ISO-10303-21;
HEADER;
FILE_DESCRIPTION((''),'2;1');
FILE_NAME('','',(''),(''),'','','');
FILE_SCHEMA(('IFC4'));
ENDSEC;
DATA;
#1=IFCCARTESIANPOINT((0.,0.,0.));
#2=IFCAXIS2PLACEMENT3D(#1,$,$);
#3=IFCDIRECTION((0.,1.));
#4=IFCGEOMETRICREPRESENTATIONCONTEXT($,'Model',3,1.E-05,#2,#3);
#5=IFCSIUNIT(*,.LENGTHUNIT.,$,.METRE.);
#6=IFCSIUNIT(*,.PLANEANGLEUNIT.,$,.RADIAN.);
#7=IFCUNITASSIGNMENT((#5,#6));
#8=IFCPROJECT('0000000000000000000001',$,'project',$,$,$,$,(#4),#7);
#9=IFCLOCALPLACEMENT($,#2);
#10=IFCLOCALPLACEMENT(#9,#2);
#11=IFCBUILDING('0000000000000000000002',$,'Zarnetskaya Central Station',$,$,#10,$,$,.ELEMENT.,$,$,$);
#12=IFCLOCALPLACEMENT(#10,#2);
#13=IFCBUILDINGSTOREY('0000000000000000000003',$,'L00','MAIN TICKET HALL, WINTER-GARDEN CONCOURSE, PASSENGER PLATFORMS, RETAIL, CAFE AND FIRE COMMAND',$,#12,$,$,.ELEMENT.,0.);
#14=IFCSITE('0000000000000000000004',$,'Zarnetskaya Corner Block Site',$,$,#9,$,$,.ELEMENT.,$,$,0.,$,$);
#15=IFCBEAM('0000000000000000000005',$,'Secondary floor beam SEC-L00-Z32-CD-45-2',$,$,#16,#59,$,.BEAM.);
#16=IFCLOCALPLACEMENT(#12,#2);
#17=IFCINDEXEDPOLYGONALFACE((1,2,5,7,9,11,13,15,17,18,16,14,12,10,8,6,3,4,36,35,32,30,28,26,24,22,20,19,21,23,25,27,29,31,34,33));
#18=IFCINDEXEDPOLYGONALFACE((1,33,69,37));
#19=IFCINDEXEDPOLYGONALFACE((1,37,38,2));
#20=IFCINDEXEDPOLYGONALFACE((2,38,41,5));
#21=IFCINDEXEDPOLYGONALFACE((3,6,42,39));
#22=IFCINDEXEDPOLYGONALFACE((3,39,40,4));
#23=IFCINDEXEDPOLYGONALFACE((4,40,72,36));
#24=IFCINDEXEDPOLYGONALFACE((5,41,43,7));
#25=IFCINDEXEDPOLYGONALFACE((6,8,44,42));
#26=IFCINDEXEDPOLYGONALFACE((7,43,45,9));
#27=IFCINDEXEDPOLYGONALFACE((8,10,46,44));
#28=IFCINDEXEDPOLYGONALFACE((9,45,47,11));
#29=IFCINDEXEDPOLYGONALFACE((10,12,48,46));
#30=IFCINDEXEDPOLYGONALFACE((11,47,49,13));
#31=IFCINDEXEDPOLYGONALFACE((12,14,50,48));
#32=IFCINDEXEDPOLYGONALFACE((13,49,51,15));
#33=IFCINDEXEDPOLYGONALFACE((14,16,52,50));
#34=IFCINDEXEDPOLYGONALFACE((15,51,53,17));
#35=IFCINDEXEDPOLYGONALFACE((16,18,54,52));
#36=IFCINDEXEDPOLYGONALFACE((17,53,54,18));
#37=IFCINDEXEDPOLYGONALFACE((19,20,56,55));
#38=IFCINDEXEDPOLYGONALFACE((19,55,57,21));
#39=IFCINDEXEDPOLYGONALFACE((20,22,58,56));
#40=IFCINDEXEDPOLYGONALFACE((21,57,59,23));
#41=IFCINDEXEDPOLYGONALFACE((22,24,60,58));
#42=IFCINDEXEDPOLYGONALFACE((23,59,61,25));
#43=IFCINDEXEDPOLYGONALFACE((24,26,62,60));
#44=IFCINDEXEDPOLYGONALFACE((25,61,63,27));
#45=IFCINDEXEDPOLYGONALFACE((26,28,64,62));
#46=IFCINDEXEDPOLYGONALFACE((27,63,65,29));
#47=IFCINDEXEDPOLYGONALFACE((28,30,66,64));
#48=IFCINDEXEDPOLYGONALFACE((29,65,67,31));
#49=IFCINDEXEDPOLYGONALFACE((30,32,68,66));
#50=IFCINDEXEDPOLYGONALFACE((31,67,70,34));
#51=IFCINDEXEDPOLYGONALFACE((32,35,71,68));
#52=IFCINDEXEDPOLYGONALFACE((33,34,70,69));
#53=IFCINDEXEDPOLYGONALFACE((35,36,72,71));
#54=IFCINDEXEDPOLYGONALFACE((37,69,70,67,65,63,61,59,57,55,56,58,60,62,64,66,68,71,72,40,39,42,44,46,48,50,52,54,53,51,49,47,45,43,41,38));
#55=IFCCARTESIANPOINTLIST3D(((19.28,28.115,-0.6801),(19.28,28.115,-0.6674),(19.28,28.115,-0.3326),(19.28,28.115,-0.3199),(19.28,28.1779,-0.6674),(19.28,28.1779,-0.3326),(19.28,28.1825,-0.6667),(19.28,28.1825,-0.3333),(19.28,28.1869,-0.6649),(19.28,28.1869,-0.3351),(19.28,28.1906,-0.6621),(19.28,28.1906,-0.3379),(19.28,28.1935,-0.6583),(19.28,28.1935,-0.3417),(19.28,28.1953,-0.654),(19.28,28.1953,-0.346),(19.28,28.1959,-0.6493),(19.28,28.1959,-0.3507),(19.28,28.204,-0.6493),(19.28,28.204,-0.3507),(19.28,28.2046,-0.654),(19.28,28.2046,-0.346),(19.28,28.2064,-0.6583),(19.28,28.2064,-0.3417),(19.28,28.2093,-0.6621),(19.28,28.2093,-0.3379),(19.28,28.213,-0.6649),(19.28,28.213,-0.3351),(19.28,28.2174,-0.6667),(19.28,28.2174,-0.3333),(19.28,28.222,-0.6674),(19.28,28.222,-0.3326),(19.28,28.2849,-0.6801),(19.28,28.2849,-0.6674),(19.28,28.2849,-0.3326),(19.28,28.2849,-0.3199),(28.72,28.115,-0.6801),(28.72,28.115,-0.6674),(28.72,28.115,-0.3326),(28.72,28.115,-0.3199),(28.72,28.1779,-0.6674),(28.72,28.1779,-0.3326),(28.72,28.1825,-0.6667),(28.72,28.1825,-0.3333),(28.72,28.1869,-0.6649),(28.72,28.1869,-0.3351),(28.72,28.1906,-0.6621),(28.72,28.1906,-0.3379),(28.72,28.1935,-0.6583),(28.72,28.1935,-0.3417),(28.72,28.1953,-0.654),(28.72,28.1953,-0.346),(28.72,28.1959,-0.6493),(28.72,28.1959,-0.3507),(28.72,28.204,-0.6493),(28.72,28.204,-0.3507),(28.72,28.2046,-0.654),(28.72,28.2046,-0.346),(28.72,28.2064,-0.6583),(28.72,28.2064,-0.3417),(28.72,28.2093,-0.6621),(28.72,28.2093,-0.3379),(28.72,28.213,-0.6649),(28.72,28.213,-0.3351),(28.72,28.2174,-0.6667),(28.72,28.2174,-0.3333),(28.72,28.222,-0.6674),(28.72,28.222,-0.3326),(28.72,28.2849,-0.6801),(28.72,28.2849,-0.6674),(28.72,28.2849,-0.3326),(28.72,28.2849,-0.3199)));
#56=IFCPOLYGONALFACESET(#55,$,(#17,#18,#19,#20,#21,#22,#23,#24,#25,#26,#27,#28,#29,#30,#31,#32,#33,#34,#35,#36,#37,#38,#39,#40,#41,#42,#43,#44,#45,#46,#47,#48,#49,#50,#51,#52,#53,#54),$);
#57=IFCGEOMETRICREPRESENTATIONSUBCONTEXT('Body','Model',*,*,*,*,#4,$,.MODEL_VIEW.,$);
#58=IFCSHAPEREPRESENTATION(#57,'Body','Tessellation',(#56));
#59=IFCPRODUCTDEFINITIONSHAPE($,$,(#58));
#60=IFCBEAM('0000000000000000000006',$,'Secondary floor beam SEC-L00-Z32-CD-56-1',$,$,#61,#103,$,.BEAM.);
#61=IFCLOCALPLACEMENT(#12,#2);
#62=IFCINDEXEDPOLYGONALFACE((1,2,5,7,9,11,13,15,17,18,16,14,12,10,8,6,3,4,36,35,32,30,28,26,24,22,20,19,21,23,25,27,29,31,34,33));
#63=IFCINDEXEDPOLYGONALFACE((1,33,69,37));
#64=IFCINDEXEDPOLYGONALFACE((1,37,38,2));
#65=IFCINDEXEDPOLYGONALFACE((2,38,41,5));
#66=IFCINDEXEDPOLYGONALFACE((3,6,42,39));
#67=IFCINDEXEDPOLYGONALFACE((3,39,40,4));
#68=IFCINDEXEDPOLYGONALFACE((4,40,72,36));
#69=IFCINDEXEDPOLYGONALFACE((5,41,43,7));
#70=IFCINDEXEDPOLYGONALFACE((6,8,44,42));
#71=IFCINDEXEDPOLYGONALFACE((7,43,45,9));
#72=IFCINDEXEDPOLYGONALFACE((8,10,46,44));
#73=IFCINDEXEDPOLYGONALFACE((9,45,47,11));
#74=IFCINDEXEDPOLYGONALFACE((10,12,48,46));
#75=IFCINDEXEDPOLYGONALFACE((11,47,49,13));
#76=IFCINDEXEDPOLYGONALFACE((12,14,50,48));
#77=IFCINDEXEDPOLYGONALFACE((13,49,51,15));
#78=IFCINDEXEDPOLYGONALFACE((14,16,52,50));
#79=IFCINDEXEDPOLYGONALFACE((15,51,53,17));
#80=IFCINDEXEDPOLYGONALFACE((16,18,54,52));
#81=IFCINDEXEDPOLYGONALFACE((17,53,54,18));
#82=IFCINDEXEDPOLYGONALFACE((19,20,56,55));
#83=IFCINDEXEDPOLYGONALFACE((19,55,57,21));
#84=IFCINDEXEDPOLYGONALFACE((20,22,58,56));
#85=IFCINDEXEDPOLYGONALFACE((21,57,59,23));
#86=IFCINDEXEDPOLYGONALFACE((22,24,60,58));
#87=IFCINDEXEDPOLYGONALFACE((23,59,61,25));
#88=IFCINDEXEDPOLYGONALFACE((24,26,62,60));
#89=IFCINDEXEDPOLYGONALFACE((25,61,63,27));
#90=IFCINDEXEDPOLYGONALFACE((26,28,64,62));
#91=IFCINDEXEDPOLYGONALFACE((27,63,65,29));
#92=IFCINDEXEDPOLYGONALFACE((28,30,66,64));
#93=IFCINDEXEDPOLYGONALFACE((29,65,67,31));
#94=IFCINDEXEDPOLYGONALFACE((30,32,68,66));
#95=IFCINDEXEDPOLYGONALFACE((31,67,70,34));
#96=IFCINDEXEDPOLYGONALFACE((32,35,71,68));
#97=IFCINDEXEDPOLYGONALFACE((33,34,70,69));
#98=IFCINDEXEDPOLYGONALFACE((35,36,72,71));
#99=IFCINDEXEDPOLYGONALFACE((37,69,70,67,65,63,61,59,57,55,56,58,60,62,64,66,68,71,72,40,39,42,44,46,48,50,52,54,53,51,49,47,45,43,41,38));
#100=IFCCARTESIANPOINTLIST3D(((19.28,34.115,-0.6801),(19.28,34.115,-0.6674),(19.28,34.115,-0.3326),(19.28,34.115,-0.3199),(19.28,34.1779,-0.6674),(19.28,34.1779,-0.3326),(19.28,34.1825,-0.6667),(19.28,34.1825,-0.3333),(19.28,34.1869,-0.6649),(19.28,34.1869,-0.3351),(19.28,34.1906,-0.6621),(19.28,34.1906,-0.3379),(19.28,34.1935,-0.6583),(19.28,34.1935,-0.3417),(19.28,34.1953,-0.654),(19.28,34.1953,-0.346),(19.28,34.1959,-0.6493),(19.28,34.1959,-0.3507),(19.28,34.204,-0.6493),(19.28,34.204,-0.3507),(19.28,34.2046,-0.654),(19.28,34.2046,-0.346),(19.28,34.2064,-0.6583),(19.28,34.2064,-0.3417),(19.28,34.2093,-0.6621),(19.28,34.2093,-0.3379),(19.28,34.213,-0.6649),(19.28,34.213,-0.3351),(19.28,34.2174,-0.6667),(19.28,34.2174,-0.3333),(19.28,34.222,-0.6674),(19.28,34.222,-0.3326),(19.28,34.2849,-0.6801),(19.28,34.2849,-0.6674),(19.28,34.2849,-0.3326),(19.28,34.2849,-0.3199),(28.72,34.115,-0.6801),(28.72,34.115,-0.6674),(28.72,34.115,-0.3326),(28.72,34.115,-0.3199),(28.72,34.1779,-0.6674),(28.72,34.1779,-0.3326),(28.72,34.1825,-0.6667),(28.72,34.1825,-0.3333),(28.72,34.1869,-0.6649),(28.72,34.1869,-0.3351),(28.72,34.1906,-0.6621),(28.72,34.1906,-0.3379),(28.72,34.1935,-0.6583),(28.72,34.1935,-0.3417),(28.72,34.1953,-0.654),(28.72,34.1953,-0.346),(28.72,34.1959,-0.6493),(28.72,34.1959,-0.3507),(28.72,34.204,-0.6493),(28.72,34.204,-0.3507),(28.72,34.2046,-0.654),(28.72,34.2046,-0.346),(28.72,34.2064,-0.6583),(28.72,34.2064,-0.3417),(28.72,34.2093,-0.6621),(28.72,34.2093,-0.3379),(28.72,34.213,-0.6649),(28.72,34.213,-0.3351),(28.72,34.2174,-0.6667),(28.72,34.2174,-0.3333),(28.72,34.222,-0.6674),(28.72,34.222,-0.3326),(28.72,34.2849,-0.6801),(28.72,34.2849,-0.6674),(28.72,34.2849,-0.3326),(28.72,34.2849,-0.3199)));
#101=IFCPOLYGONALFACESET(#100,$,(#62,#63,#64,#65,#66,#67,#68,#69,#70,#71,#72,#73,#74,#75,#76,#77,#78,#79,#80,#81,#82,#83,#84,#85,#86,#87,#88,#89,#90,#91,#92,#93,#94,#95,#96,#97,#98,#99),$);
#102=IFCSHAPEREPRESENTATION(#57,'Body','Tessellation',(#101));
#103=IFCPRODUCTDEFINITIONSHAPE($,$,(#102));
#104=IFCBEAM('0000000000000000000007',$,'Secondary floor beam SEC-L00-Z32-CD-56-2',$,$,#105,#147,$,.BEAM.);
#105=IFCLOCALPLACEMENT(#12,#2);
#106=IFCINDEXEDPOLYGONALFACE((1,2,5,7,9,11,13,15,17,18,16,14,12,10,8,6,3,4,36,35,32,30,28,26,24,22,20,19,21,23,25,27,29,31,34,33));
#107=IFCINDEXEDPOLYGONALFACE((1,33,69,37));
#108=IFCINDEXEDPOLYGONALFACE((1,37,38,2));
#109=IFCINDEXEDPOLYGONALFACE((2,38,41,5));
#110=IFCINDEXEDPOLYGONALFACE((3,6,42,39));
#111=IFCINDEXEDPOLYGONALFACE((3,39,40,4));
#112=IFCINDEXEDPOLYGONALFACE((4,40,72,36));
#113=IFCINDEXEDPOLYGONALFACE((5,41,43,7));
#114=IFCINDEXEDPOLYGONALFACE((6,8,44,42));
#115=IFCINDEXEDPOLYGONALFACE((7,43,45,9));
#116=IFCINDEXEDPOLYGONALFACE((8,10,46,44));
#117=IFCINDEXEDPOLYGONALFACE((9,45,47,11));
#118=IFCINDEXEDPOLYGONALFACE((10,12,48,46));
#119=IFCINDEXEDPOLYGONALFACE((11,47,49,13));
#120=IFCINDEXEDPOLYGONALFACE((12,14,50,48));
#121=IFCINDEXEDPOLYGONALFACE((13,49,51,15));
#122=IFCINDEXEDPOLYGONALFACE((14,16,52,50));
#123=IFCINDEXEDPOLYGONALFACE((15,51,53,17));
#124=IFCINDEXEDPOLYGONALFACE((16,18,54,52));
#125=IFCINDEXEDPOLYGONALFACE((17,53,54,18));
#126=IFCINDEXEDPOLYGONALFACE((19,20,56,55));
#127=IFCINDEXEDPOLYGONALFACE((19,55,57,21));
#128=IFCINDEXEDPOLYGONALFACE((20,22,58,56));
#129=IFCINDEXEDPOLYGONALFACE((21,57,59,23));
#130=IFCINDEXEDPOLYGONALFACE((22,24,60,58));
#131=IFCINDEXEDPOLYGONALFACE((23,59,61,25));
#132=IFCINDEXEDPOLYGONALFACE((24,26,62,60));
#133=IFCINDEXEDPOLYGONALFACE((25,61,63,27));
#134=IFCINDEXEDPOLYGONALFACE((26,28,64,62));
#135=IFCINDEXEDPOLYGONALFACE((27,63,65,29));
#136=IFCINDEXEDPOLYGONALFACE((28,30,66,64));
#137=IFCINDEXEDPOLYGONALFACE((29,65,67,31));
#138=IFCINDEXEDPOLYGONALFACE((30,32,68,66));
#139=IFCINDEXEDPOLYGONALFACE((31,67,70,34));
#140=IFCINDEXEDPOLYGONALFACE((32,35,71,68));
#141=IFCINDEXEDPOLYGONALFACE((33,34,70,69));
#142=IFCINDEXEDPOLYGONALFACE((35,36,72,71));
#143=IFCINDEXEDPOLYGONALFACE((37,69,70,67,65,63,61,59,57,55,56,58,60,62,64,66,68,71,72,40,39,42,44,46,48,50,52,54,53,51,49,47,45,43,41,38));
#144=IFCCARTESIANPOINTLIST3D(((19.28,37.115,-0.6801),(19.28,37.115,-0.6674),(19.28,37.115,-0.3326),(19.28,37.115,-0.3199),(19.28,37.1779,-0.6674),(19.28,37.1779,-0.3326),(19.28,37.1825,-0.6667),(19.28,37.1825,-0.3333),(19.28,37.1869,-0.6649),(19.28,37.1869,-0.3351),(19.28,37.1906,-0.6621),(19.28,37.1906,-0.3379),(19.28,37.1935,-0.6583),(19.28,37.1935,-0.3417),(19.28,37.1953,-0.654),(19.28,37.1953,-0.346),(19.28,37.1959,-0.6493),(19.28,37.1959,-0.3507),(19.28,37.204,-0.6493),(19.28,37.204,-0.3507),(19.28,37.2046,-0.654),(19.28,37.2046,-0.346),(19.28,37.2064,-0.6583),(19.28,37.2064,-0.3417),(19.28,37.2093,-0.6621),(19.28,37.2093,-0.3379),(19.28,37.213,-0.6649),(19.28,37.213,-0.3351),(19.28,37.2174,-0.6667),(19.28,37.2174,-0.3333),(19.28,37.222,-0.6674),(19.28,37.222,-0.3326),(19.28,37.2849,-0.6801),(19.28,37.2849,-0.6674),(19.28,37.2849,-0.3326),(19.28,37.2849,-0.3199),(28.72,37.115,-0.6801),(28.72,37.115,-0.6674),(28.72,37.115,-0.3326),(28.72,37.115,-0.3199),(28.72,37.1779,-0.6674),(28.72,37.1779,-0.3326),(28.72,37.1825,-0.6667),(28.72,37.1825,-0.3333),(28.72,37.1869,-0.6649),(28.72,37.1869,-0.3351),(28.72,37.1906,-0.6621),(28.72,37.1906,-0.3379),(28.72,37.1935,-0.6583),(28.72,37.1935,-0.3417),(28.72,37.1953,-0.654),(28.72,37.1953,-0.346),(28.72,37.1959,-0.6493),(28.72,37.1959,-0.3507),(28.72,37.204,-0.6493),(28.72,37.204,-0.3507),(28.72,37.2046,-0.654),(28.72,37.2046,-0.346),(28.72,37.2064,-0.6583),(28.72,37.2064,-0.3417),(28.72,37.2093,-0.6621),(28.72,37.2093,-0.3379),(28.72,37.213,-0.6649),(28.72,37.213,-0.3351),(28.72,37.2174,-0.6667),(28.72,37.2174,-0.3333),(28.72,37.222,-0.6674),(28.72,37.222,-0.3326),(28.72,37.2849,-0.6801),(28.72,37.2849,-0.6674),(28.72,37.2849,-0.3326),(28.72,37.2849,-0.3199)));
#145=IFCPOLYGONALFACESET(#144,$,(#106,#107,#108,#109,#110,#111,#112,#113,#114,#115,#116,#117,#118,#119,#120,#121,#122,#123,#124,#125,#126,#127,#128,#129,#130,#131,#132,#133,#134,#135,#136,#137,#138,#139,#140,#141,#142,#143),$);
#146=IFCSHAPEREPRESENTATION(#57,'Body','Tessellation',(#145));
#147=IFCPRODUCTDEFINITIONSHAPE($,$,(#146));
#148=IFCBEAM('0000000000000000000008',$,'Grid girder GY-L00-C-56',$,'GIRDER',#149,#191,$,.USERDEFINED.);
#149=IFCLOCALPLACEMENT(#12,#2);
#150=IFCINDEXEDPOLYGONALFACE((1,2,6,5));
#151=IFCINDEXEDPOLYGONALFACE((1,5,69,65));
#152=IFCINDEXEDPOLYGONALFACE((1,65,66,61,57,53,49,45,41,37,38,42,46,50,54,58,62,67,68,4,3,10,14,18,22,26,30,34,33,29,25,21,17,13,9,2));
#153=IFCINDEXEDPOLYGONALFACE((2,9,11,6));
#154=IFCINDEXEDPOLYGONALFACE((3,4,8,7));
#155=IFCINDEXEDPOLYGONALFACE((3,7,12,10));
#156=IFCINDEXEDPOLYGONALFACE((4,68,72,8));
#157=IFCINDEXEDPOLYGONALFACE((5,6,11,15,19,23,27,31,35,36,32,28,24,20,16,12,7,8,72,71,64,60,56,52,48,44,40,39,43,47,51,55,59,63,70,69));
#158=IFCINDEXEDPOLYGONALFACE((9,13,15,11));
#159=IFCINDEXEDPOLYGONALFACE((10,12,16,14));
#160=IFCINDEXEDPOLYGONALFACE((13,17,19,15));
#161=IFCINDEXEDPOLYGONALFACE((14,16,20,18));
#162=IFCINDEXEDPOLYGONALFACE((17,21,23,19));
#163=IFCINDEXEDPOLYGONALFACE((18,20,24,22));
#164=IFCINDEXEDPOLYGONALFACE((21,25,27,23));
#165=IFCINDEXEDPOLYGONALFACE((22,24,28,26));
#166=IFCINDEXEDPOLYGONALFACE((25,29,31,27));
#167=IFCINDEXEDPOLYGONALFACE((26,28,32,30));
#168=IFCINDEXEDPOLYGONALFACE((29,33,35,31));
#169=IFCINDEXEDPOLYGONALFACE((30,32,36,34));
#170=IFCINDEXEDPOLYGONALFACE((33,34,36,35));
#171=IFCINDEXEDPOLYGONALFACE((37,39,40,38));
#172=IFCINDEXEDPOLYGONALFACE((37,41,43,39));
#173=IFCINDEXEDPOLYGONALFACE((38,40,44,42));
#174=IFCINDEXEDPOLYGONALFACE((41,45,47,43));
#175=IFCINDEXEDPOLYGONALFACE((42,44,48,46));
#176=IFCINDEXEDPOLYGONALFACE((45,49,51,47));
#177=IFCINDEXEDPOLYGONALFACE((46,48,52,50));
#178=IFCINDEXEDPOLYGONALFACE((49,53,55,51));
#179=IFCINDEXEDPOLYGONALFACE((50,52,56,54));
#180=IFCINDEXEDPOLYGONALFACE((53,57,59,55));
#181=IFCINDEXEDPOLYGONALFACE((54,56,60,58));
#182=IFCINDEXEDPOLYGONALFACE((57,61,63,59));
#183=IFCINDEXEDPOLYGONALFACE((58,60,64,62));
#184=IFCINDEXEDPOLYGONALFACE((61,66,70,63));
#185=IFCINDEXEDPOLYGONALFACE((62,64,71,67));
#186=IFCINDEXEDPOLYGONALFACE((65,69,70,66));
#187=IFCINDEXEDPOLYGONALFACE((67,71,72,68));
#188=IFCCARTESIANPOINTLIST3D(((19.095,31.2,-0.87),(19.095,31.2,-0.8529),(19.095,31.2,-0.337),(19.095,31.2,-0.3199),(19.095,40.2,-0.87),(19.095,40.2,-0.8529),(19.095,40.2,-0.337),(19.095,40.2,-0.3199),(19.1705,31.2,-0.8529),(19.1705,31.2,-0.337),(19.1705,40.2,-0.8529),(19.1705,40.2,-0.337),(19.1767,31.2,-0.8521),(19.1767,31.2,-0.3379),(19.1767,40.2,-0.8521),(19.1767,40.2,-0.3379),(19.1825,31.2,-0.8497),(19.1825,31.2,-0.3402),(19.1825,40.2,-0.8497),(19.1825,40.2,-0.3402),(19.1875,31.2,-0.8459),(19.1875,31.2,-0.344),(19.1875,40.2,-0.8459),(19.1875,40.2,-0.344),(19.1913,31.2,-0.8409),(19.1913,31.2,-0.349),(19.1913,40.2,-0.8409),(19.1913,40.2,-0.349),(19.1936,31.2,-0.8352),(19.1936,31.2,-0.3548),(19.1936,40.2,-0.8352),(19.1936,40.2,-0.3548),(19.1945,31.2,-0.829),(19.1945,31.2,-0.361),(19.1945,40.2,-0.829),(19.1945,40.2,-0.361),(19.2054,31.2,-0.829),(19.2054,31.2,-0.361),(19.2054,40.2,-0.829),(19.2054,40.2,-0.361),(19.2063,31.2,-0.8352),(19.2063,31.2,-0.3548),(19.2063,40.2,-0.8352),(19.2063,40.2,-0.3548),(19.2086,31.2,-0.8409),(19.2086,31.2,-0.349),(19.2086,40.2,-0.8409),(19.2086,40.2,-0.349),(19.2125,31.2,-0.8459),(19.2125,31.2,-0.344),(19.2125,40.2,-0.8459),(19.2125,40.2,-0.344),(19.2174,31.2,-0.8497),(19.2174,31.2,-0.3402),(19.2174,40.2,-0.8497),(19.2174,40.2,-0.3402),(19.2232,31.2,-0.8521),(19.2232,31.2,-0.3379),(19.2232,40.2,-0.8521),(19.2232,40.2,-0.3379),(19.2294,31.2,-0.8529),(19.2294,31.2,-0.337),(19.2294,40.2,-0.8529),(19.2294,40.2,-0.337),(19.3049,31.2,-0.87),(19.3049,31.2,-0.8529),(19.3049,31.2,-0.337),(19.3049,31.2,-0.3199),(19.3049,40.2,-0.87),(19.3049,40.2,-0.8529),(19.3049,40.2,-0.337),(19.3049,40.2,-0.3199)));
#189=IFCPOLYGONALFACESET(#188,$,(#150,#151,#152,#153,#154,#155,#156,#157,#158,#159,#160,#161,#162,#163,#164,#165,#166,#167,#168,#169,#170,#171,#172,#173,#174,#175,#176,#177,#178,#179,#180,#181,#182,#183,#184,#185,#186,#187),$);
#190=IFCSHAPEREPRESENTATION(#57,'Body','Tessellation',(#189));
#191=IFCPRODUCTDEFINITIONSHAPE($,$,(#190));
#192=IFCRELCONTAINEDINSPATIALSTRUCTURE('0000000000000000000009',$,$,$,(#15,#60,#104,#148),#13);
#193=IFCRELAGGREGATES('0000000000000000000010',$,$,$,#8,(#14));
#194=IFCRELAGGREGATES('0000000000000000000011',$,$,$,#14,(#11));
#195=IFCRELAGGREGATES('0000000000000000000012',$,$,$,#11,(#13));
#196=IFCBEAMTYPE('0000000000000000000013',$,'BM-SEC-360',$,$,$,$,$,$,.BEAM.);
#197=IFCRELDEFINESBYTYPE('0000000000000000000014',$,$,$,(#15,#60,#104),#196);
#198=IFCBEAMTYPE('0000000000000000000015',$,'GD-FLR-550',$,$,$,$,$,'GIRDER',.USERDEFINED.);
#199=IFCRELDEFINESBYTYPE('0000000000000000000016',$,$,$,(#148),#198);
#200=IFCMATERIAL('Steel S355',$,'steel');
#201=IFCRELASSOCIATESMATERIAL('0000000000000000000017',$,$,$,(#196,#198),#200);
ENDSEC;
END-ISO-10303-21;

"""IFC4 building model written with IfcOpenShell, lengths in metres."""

from ifc_helpers import new_model, si_unit, direction, frame, origin, origin_2d, place, context, subcontext, project, spatial, i_section, extrude, material, material_profile, profile_set, type_object, element, save


model = new_model("IFC4")

# Units and contexts
model_context = context("Model", 3, precision=1e-05, world=origin(), true_north=direction((0.0, 1.0)))
body_context = subcontext(model_context, "Body", "Model", "MODEL_VIEW")
ifc_project = project(units=[si_unit("LENGTHUNIT", "METRE"), si_unit("PLANEANGLEUNIT", "RADIAN")], contexts=[model_context])

# Site, building, storey
site_placement = place(None, origin())
site = spatial("IfcSite", under=ifc_project, at=site_placement, Name="Zarnetskaya Corner Block Site", CompositionType="ELEMENT", RefElevation=0.0)
building_placement = place(site_placement, origin())
building = spatial("IfcBuilding", under=site, at=building_placement, Name="Zarnetskaya Central Station", CompositionType="ELEMENT")
storey_placement = place(building_placement, origin())
storey = spatial("IfcBuildingStorey", under=building, at=storey_placement, Name="L00", Description="MAIN TICKET HALL, WINTER-GARDEN CONCOURSE, PASSENGER PLATFORMS, RETAIL, CAFE AND FIRE COMMAND", CompositionType="ELEMENT", Elevation=0.0)

# Shared definitions
ifc_material_1 = material(Name="Steel S355", Category="steel")

# Beams
ifc_material_profile_1 = material_profile(ifc_material_1, i_section(OverallWidth=0.1699, OverallDepth=0.3601, WebThickness=0.0081, FlangeThickness=0.0127, FilletRadius=0.0181, at=origin_2d()), Name="IPE 360")
ifc_profile_set_1 = profile_set([ifc_material_profile_1], Name="Steel S355")
beam_type_1 = type_object("IfcBeamType", Name="BM-SEC-360", PredefinedType="BEAM", material=ifc_profile_set_1)
for number, where, z_axis, x_axis, name in (
    (1, (19.28, 28.2, -0.5), (1.0, 0.0, 0.0), (0.0, 1.0, 0.0), "Secondary floor beam SEC-L00-Z32-CD-45-2"),
    (2, (19.28, 34.2, -0.5), (1.0, 0.0, 0.0), (0.0, 1.0, 0.0), "Secondary floor beam SEC-L00-Z32-CD-56-1"),
    (3, (19.28, 37.2, -0.5), (1.0, 0.0, 0.0), (0.0, 1.0, 0.0), "Secondary floor beam SEC-L00-Z32-CD-56-2"),
):
    element("IfcBeam", number, at=place(storey_placement, frame(where, z_axis=z_axis, x_axis=x_axis)), inside=storey, type_object=beam_type_1, Name=name, PredefinedType="BEAM", context=body_context, shape_type="SweptSolid", body=[
        extrude(i_section(OverallWidth=0.1699, OverallDepth=0.3601, WebThickness=0.0081, FlangeThickness=0.0127, FilletRadius=0.0181, at=origin_2d()), origin(), (0.0, 0.0, 1.0), 9.4399),
    ])
ifc_material_profile_2 = material_profile(ifc_material_1, i_section(OverallWidth=0.21, OverallDepth=0.55, WebThickness=0.011, FlangeThickness=0.0171, FilletRadius=0.0239, at=origin_2d()), Name="IPE 550")
ifc_profile_set_2 = profile_set([ifc_material_profile_2], Name="Steel S355")
beam_type_2 = type_object("IfcBeamType", Name="GD-FLR-550", ElementType="GIRDER", PredefinedType="USERDEFINED", material=ifc_profile_set_2)
for number, where, z_axis, x_axis, name in (
    (4, (19.2, 31.2, -0.595), (0.0, 1.0, 0.0), (-1.0, 0.0, 0.0), "Grid girder GY-L00-C-56"),
):
    element("IfcBeam", number, at=place(storey_placement, frame(where, z_axis=z_axis, x_axis=x_axis)), inside=storey, type_object=beam_type_2, Name=name, ObjectType="GIRDER", PredefinedType="USERDEFINED", context=body_context, shape_type="SweptSolid", body=[
        extrude(i_section(OverallWidth=0.21, OverallDepth=0.55, WebThickness=0.011, FlangeThickness=0.0171, FilletRadius=0.0239, at=origin_2d()), origin(), (0.0, 0.0, 1.0), 9.0),
    ])

save(model, "model.ifc")
